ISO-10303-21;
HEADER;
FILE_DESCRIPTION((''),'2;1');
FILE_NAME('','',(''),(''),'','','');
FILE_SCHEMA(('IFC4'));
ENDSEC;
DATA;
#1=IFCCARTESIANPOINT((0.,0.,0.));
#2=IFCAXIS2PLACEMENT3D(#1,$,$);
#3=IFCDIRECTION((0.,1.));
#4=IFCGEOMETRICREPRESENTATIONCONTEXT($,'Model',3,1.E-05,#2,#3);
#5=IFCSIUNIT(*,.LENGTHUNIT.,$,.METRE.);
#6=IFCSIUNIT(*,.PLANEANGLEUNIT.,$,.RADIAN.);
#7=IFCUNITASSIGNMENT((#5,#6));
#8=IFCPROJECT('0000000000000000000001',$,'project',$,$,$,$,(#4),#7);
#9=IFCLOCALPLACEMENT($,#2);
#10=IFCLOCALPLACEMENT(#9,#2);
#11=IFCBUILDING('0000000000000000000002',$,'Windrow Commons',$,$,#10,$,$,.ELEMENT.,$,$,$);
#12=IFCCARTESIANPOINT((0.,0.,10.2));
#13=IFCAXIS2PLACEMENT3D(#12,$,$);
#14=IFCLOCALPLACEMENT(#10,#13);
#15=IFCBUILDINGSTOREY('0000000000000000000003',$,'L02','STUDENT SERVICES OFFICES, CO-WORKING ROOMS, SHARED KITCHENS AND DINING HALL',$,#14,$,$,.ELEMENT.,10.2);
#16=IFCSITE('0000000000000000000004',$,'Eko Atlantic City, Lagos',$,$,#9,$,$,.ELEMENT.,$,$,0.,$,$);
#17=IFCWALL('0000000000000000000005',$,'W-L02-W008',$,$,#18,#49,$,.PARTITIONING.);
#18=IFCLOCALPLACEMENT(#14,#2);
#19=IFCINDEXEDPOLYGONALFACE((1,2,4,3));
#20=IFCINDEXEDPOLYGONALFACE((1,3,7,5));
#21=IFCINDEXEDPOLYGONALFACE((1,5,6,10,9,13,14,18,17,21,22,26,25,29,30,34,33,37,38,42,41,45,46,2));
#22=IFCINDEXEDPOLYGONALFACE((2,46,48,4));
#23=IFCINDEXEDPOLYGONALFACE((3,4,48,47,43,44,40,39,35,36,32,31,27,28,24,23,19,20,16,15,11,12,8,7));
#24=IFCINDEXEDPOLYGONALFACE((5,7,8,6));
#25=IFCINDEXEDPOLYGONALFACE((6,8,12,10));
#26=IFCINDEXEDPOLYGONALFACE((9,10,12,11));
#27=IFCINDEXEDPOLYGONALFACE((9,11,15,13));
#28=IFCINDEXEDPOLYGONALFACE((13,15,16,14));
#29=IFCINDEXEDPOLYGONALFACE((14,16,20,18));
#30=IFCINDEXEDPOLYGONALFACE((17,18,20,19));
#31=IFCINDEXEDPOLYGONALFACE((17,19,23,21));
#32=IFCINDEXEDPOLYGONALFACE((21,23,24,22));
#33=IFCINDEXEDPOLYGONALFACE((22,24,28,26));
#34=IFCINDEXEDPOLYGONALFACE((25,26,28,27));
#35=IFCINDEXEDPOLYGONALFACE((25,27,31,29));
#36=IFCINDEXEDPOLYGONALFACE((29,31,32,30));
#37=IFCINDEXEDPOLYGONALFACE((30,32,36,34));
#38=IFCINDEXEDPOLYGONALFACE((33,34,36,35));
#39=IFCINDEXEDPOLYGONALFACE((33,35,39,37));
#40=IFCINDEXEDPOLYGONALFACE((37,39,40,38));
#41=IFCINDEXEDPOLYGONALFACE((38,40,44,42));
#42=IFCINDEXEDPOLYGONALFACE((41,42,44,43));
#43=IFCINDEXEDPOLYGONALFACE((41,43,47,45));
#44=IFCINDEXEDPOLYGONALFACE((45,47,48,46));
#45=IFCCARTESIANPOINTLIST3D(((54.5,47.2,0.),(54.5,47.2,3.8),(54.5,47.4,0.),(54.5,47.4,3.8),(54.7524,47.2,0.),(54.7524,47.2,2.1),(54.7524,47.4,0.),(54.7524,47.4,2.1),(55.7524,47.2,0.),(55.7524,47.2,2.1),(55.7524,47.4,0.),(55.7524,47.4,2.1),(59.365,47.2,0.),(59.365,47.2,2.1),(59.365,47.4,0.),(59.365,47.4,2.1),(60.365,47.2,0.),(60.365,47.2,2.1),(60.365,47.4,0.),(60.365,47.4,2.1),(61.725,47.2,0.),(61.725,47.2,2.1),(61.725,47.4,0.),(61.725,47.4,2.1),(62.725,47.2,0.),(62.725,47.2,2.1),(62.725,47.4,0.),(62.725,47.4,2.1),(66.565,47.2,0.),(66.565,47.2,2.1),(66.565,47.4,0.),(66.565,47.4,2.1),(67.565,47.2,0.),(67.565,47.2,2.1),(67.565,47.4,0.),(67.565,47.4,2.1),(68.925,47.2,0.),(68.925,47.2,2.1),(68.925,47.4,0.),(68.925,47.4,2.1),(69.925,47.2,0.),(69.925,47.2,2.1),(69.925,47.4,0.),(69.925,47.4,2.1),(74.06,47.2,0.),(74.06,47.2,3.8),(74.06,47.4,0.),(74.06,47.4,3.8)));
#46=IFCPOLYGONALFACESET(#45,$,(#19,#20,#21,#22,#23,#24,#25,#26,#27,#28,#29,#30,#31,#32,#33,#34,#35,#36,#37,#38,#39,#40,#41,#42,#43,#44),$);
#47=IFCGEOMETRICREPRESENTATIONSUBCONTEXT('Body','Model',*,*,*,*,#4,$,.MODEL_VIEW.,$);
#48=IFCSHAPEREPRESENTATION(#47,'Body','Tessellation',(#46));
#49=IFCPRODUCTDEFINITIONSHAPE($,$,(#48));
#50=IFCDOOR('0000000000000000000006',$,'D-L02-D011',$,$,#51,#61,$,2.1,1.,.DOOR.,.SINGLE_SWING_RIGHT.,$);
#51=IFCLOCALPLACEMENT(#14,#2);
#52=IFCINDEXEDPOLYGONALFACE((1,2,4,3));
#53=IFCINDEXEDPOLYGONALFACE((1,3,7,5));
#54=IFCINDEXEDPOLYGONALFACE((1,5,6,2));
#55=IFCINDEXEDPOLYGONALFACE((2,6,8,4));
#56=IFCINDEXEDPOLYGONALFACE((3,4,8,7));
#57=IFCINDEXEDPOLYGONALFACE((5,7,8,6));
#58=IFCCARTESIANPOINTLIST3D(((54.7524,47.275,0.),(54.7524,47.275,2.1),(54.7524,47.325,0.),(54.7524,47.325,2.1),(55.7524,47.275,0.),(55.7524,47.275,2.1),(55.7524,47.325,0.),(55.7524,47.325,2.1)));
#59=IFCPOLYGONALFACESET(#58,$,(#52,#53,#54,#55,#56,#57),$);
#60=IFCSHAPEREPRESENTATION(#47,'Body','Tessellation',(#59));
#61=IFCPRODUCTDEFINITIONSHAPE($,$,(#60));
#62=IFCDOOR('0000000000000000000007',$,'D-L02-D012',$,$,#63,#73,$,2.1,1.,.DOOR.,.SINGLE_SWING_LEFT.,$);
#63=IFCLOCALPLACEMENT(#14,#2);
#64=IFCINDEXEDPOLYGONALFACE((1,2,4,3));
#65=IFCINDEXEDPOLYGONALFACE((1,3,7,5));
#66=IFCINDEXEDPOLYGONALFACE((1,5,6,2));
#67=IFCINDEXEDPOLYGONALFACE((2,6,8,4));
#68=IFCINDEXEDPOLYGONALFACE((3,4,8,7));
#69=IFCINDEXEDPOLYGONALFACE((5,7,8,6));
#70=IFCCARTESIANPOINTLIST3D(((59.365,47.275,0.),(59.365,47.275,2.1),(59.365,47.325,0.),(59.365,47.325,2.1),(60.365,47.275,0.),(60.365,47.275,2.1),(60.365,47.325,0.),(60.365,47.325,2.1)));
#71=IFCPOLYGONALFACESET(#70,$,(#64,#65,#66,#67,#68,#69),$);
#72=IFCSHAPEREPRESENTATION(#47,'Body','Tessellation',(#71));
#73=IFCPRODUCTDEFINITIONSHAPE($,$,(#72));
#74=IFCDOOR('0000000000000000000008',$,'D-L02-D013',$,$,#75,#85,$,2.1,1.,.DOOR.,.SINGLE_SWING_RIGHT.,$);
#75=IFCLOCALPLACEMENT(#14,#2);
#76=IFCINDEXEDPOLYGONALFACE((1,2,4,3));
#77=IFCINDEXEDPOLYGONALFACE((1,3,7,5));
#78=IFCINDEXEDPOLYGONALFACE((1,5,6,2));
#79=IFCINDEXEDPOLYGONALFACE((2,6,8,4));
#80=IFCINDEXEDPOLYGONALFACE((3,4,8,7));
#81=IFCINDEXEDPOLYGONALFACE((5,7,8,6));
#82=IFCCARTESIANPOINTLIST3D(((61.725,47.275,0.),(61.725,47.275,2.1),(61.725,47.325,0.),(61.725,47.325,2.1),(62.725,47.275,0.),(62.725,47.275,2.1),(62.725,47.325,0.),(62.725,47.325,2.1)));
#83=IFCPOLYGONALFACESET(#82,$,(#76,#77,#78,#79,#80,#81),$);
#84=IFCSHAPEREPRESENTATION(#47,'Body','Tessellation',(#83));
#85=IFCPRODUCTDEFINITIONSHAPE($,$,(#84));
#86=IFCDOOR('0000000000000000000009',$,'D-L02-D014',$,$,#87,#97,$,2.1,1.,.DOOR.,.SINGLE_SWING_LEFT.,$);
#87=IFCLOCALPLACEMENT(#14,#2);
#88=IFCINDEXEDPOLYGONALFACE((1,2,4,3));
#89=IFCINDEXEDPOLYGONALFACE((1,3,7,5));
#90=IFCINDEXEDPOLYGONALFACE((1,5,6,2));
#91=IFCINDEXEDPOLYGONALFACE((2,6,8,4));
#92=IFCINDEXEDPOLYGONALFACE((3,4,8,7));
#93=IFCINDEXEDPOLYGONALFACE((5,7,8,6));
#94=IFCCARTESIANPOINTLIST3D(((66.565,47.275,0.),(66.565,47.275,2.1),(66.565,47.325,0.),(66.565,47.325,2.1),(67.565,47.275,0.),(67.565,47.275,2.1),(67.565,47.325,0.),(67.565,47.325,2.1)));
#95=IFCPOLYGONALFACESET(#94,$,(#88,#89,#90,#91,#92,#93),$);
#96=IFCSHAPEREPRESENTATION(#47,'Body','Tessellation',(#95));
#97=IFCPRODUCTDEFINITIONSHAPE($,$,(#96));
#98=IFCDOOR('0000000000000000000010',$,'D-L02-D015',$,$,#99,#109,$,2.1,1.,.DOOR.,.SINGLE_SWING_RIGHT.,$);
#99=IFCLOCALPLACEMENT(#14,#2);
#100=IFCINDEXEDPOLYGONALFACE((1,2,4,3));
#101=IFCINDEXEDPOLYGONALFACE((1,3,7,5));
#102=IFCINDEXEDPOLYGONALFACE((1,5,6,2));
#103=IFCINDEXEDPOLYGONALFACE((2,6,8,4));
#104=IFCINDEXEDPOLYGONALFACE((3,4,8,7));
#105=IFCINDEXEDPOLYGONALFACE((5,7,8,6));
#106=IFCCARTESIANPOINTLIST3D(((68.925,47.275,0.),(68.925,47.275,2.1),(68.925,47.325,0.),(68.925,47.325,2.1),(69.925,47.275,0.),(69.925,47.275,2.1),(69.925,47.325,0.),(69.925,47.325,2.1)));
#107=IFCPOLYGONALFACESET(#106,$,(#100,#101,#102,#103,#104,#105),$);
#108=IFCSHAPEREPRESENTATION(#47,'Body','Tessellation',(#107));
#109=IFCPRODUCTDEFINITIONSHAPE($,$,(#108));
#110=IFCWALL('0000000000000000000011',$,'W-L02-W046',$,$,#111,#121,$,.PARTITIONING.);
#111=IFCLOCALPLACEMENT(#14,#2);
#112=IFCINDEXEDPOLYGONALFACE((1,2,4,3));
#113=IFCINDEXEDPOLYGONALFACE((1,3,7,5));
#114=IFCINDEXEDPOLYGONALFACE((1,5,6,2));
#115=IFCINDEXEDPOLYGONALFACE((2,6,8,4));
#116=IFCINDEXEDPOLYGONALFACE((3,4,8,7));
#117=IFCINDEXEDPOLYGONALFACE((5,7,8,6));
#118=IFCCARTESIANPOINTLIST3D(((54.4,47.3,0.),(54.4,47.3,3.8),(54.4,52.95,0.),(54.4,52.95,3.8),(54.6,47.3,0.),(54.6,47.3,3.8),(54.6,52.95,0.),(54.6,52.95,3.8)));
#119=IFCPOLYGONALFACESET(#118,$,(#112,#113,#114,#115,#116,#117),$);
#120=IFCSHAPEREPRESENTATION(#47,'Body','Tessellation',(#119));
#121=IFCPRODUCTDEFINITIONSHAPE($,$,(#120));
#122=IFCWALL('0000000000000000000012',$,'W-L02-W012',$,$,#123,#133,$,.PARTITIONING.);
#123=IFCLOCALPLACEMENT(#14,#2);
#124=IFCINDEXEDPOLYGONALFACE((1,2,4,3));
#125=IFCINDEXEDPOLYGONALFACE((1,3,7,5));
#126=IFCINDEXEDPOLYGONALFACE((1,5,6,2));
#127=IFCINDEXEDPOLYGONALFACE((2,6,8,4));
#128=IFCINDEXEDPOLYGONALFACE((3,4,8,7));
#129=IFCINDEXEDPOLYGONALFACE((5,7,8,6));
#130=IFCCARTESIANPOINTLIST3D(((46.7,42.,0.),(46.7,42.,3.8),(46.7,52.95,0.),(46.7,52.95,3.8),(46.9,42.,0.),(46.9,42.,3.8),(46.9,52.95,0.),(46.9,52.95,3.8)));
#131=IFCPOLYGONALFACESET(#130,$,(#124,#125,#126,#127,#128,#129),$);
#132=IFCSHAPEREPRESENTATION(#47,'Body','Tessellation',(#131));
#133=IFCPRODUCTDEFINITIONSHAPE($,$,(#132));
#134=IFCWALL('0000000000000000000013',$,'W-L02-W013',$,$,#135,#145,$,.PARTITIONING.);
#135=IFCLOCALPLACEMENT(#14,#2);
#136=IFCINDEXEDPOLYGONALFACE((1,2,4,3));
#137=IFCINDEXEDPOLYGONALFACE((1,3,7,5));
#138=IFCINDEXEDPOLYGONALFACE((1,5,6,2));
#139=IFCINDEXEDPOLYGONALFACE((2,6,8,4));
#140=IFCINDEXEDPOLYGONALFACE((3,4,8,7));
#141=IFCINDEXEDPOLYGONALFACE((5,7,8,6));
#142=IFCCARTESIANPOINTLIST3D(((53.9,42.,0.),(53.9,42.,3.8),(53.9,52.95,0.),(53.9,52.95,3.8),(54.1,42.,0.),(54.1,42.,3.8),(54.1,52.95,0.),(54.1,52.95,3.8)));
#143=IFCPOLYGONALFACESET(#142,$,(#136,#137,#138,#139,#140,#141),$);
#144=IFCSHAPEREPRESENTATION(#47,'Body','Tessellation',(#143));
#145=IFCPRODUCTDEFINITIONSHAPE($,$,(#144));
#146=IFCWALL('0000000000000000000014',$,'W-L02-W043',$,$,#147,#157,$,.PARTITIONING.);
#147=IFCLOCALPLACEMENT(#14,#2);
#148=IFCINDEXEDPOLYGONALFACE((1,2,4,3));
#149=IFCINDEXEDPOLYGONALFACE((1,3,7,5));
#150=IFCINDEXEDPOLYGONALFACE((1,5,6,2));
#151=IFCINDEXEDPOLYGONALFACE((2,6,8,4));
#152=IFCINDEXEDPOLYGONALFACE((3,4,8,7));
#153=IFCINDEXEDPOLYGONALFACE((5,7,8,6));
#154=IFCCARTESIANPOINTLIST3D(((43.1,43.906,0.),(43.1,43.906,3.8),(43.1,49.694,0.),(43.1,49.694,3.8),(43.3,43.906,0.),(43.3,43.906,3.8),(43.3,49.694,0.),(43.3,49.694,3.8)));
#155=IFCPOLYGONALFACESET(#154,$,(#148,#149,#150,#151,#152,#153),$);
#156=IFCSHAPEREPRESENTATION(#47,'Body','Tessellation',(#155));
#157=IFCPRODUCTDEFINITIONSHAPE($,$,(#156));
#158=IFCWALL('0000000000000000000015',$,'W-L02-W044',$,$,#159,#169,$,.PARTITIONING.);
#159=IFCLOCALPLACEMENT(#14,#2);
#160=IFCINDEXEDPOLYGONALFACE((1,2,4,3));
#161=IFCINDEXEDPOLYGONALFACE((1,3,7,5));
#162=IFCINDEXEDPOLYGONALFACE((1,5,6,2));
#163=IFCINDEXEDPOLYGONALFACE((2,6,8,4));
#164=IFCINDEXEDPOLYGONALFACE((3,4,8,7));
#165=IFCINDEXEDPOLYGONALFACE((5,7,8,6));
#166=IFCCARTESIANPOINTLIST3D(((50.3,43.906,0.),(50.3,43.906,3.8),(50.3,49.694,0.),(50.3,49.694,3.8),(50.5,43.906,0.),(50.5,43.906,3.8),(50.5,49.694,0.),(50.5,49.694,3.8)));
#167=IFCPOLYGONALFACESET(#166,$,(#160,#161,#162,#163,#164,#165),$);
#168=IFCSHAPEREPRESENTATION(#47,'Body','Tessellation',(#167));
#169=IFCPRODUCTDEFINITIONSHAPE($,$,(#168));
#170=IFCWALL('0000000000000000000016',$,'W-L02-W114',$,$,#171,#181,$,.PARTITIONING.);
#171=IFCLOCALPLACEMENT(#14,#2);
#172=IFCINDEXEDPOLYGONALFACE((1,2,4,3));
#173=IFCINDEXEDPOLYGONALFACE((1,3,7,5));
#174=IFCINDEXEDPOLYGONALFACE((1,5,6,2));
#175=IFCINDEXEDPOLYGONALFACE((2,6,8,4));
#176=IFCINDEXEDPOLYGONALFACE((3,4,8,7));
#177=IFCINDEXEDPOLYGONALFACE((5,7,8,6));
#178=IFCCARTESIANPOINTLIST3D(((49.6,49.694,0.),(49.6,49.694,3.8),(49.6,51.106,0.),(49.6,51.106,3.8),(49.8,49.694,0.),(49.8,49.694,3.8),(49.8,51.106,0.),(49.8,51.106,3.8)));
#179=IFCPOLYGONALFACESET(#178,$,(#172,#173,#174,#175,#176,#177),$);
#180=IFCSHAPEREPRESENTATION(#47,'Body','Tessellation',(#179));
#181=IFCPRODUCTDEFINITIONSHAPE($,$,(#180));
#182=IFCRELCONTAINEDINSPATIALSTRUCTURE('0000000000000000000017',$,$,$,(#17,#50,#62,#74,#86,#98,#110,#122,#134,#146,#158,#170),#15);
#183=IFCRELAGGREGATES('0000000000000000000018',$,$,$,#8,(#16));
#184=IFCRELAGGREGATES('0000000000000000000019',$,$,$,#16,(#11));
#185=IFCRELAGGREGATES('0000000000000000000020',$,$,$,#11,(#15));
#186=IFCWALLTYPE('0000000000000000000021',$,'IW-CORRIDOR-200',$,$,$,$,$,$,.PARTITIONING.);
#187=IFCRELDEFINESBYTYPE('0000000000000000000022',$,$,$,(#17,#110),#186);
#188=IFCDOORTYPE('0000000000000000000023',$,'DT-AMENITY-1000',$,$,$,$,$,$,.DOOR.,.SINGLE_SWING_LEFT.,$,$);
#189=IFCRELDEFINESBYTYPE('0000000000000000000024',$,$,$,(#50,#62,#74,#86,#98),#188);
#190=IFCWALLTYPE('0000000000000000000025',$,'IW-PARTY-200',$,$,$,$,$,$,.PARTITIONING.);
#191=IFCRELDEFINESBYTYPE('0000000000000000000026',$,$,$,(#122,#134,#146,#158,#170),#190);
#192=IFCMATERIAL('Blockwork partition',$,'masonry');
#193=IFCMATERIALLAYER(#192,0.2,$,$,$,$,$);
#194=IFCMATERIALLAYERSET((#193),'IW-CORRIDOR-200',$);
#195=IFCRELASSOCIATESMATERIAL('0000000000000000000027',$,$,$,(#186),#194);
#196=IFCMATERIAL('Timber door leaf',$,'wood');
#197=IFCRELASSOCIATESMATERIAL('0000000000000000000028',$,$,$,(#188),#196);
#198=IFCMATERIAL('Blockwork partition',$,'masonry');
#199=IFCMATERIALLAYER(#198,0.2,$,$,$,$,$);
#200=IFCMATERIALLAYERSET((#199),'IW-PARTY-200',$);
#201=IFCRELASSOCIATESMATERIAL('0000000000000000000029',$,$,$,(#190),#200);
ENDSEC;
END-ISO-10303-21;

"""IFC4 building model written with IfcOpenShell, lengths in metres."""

from ifc_helpers import new_model, si_unit, direction, frame, frame_2d, origin, place, context, subcontext, project, spatial, rectangle, extrude, material, layer, layer_set, type_object, element, fill, save


model = new_model("IFC4")

# Units and contexts
model_context = context("Model", 3, precision=1e-05, world=origin(), true_north=direction((0.0, 1.0)))
body_context = subcontext(model_context, "Body", "Model", "MODEL_VIEW")
ifc_project = project(units=[si_unit("LENGTHUNIT", "METRE"), si_unit("PLANEANGLEUNIT", "RADIAN")], contexts=[model_context])

# Site, building, storey
site_placement = place(None, origin())
site = spatial("IfcSite", under=ifc_project, at=site_placement, Name="Eko Atlantic City, Lagos", CompositionType="ELEMENT", RefElevation=0.0)
building_placement = place(site_placement, origin())
building = spatial("IfcBuilding", under=site, at=building_placement, Name="Windrow Commons", CompositionType="ELEMENT")
storey_placement = place(building_placement, frame((0.0, 0.0, 10.2)))
storey = spatial("IfcBuildingStorey", under=building, at=storey_placement, Name="L02", Description="STUDENT SERVICES OFFICES, CO-WORKING ROOMS, SHARED KITCHENS AND DINING HALL", CompositionType="ELEMENT", Elevation=10.2)

# Wall, openings, doors
ifc_material_1 = material(Name="Blockwork partition", Category="masonry")
ifc_layer_1 = layer(ifc_material_1, 0.2)
ifc_layer_set_1 = layer_set([ifc_layer_1], Name="IW-CORRIDOR-200")
wall_type_1 = type_object("IfcWallType", Name="IW-CORRIDOR-200", PredefinedType="PARTITIONING", material=ifc_layer_set_1)
wall_1_placement = place(storey_placement, frame((54.5, 47.3, 0.0), z_axis=(0.0, 0.0, 1.0), x_axis=(1.0, 0.0, 0.0)))
wall_1 = element("IfcWall", 1, at=wall_1_placement, inside=storey, type_object=wall_type_1, Name="W-L02-W008", PredefinedType="PARTITIONING", context=body_context, shape_type="SweptSolid", body=[
    extrude(rectangle(XDim=19.56, YDim=0.2, at=frame_2d((9.78, 0.0))), origin(), (0.0, 0.0, 1.0), 3.8),
])
opening_1_placement = place(wall_1_placement, frame((0.2524, 0.0, 0.0)))
opening_1 = element("IfcOpeningElement", 2, at=opening_1_placement, cuts=wall_1, PredefinedType="OPENING", context=body_context, shape_type="SweptSolid", body=[
    extrude(rectangle(XDim=1.0, YDim=2.1, at=frame_2d((0.5, 1.05))), frame((0.0, 0.11, 0.0), z_axis=(0.0, -1.0, 0.0), x_axis=(1.0, 0.0, 0.0)), (0.0, 0.0, 1.0), 0.22),
])
opening_2_placement = place(wall_1_placement, frame((4.865, 0.0, 0.0)))
opening_2 = element("IfcOpeningElement", 3, at=opening_2_placement, cuts=wall_1, PredefinedType="OPENING", context=body_context, shape_type="SweptSolid", body=[
    extrude(rectangle(XDim=1.0, YDim=2.1, at=frame_2d((0.5, 1.05))), frame((0.0, 0.11, 0.0), z_axis=(0.0, -1.0, 0.0), x_axis=(1.0, 0.0, 0.0)), (0.0, 0.0, 1.0), 0.22),
])
opening_3_placement = place(wall_1_placement, frame((7.225, 0.0, 0.0)))
opening_3 = element("IfcOpeningElement", 4, at=opening_3_placement, cuts=wall_1, PredefinedType="OPENING", context=body_context, shape_type="SweptSolid", body=[
    extrude(rectangle(XDim=1.0, YDim=2.1, at=frame_2d((0.5, 1.05))), frame((0.0, 0.11, 0.0), z_axis=(0.0, -1.0, 0.0), x_axis=(1.0, 0.0, 0.0)), (0.0, 0.0, 1.0), 0.22),
])
opening_4_placement = place(wall_1_placement, frame((12.065, 0.0, 0.0)))
opening_4 = element("IfcOpeningElement", 5, at=opening_4_placement, cuts=wall_1, PredefinedType="OPENING", context=body_context, shape_type="SweptSolid", body=[
    extrude(rectangle(XDim=1.0, YDim=2.1, at=frame_2d((0.5, 1.05))), frame((0.0, 0.11, 0.0), z_axis=(0.0, -1.0, 0.0), x_axis=(1.0, 0.0, 0.0)), (0.0, 0.0, 1.0), 0.22),
])
opening_5_placement = place(wall_1_placement, frame((14.425, 0.0, 0.0)))
opening_5 = element("IfcOpeningElement", 6, at=opening_5_placement, cuts=wall_1, PredefinedType="OPENING", context=body_context, shape_type="SweptSolid", body=[
    extrude(rectangle(XDim=1.0, YDim=2.1, at=frame_2d((0.5, 1.05))), frame((0.0, 0.11, 0.0), z_axis=(0.0, -1.0, 0.0), x_axis=(1.0, 0.0, 0.0)), (0.0, 0.0, 1.0), 0.22),
])
ifc_material_2 = material(Name="Timber door leaf", Category="wood")
door_type = type_object("IfcDoorType", Name="DT-AMENITY-1000", OperationType="SINGLE_SWING_LEFT", PredefinedType="DOOR", material=ifc_material_2)
door_1_placement = place(opening_1_placement, origin())
door_1 = element("IfcDoor", 7, at=door_1_placement, inside=storey, type_object=door_type, Name="D-L02-D011", OperationType="SINGLE_SWING_RIGHT", OverallHeight=2.1, OverallWidth=1.0, PredefinedType="DOOR", context=body_context, shape_type="SweptSolid", body=[
    extrude(rectangle(XDim=1.0, YDim=2.1, at=frame_2d((0.5, 1.05))), frame((0.0, 0.025, 0.0), z_axis=(0.0, -1.0, 0.0), x_axis=(1.0, 0.0, 0.0)), (0.0, 0.0, 1.0), 0.05),
])
fill(opening_1, door_1)
door_2_placement = place(opening_2_placement, origin())
door_2 = element("IfcDoor", 8, at=door_2_placement, inside=storey, type_object=door_type, Name="D-L02-D012", OperationType="SINGLE_SWING_LEFT", OverallHeight=2.1, OverallWidth=1.0, PredefinedType="DOOR", context=body_context, shape_type="SweptSolid", body=[
    extrude(rectangle(XDim=1.0, YDim=2.1, at=frame_2d((0.5, 1.05))), frame((0.0, 0.025, 0.0), z_axis=(0.0, -1.0, 0.0), x_axis=(1.0, 0.0, 0.0)), (0.0, 0.0, 1.0), 0.05),
])
fill(opening_2, door_2)
door_3_placement = place(opening_3_placement, origin())
door_3 = element("IfcDoor", 9, at=door_3_placement, inside=storey, type_object=door_type, Name="D-L02-D013", OperationType="SINGLE_SWING_RIGHT", OverallHeight=2.1, OverallWidth=1.0, PredefinedType="DOOR", context=body_context, shape_type="SweptSolid", body=[
    extrude(rectangle(XDim=1.0, YDim=2.1, at=frame_2d((0.5, 1.05))), frame((0.0, 0.025, 0.0), z_axis=(0.0, -1.0, 0.0), x_axis=(1.0, 0.0, 0.0)), (0.0, 0.0, 1.0), 0.05),
])
fill(opening_3, door_3)
door_4_placement = place(opening_4_placement, origin())
door_4 = element("IfcDoor", 10, at=door_4_placement, inside=storey, type_object=door_type, Name="D-L02-D014", OperationType="SINGLE_SWING_LEFT", OverallHeight=2.1, OverallWidth=1.0, PredefinedType="DOOR", context=body_context, shape_type="SweptSolid", body=[
    extrude(rectangle(XDim=1.0, YDim=2.1, at=frame_2d((0.5, 1.05))), frame((0.0, 0.025, 0.0), z_axis=(0.0, -1.0, 0.0), x_axis=(1.0, 0.0, 0.0)), (0.0, 0.0, 1.0), 0.05),
])
fill(opening_4, door_4)
door_5_placement = place(opening_5_placement, origin())
door_5 = element("IfcDoor", 11, at=door_5_placement, inside=storey, type_object=door_type, Name="D-L02-D015", OperationType="SINGLE_SWING_RIGHT", OverallHeight=2.1, OverallWidth=1.0, PredefinedType="DOOR", context=body_context, shape_type="SweptSolid", body=[
    extrude(rectangle(XDim=1.0, YDim=2.1, at=frame_2d((0.5, 1.05))), frame((0.0, 0.025, 0.0), z_axis=(0.0, -1.0, 0.0), x_axis=(1.0, 0.0, 0.0)), (0.0, 0.0, 1.0), 0.05),
])
fill(opening_5, door_5)

# Walls
wall_2_placement = place(storey_placement, frame((54.5, 47.3, 0.0), z_axis=(0.0, 0.0, 1.0), x_axis=(0.0, 1.0, 0.0)))
element("IfcWall", 12, at=wall_2_placement, inside=storey, type_object=wall_type_1, Name="W-L02-W046", PredefinedType="PARTITIONING", context=body_context, shape_type="SweptSolid", body=[
    extrude(rectangle(XDim=5.65, YDim=0.2, at=frame_2d((2.825, 0.0))), origin(), (0.0, 0.0, 1.0), 3.8),
])
ifc_material_3 = material(Name="Blockwork partition", Category="masonry")
ifc_layer_2 = layer(ifc_material_3, 0.2)
ifc_layer_set_2 = layer_set([ifc_layer_2], Name="IW-PARTY-200")
wall_type_2 = type_object("IfcWallType", Name="IW-PARTY-200", PredefinedType="PARTITIONING", material=ifc_layer_set_2)
for number, where, z_axis, x_axis, name in (
    (13, (46.8, 42.0, 0.0), (0.0, 0.0, 1.0), (0.0, 1.0, 0.0), "W-L02-W012"),
    (14, (54.0, 42.0, 0.0), (0.0, 0.0, 1.0), (0.0, 1.0, 0.0), "W-L02-W013"),
):
    element("IfcWall", number, at=place(storey_placement, frame(where, z_axis=z_axis, x_axis=x_axis)), inside=storey, type_object=wall_type_2, Name=name, PredefinedType="PARTITIONING", context=body_context, shape_type="SweptSolid", body=[
        extrude(rectangle(XDim=10.95, YDim=0.2, at=frame_2d((5.475, 0.0))), origin(), (0.0, 0.0, 1.0), 3.8),
    ])
for number, where, z_axis, x_axis, name in (
    (15, (43.2, 43.906, 0.0), (0.0, 0.0, 1.0), (0.0, 1.0, 0.0), "W-L02-W043"),
    (16, (50.4, 43.906, 0.0), (0.0, 0.0, 1.0), (0.0, 1.0, 0.0), "W-L02-W044"),
):
    element("IfcWall", number, at=place(storey_placement, frame(where, z_axis=z_axis, x_axis=x_axis)), inside=storey, type_object=wall_type_2, Name=name, PredefinedType="PARTITIONING", context=body_context, shape_type="SweptSolid", body=[
        extrude(rectangle(XDim=5.788, YDim=0.2, at=frame_2d((2.894, 0.0))), origin(), (0.0, 0.0, 1.0), 3.8),
    ])
wall_3_placement = place(storey_placement, frame((49.7, 49.694, 0.0), z_axis=(0.0, 0.0, 1.0), x_axis=(0.0, 1.0, 0.0)))
element("IfcWall", 17, at=wall_3_placement, inside=storey, type_object=wall_type_2, Name="W-L02-W114", PredefinedType="PARTITIONING", context=body_context, shape_type="SweptSolid", body=[
    extrude(rectangle(XDim=1.412, YDim=0.2, at=frame_2d((0.706, 0.0))), origin(), (0.0, 0.0, 1.0), 3.8),
])

save(model, "model.ifc")
